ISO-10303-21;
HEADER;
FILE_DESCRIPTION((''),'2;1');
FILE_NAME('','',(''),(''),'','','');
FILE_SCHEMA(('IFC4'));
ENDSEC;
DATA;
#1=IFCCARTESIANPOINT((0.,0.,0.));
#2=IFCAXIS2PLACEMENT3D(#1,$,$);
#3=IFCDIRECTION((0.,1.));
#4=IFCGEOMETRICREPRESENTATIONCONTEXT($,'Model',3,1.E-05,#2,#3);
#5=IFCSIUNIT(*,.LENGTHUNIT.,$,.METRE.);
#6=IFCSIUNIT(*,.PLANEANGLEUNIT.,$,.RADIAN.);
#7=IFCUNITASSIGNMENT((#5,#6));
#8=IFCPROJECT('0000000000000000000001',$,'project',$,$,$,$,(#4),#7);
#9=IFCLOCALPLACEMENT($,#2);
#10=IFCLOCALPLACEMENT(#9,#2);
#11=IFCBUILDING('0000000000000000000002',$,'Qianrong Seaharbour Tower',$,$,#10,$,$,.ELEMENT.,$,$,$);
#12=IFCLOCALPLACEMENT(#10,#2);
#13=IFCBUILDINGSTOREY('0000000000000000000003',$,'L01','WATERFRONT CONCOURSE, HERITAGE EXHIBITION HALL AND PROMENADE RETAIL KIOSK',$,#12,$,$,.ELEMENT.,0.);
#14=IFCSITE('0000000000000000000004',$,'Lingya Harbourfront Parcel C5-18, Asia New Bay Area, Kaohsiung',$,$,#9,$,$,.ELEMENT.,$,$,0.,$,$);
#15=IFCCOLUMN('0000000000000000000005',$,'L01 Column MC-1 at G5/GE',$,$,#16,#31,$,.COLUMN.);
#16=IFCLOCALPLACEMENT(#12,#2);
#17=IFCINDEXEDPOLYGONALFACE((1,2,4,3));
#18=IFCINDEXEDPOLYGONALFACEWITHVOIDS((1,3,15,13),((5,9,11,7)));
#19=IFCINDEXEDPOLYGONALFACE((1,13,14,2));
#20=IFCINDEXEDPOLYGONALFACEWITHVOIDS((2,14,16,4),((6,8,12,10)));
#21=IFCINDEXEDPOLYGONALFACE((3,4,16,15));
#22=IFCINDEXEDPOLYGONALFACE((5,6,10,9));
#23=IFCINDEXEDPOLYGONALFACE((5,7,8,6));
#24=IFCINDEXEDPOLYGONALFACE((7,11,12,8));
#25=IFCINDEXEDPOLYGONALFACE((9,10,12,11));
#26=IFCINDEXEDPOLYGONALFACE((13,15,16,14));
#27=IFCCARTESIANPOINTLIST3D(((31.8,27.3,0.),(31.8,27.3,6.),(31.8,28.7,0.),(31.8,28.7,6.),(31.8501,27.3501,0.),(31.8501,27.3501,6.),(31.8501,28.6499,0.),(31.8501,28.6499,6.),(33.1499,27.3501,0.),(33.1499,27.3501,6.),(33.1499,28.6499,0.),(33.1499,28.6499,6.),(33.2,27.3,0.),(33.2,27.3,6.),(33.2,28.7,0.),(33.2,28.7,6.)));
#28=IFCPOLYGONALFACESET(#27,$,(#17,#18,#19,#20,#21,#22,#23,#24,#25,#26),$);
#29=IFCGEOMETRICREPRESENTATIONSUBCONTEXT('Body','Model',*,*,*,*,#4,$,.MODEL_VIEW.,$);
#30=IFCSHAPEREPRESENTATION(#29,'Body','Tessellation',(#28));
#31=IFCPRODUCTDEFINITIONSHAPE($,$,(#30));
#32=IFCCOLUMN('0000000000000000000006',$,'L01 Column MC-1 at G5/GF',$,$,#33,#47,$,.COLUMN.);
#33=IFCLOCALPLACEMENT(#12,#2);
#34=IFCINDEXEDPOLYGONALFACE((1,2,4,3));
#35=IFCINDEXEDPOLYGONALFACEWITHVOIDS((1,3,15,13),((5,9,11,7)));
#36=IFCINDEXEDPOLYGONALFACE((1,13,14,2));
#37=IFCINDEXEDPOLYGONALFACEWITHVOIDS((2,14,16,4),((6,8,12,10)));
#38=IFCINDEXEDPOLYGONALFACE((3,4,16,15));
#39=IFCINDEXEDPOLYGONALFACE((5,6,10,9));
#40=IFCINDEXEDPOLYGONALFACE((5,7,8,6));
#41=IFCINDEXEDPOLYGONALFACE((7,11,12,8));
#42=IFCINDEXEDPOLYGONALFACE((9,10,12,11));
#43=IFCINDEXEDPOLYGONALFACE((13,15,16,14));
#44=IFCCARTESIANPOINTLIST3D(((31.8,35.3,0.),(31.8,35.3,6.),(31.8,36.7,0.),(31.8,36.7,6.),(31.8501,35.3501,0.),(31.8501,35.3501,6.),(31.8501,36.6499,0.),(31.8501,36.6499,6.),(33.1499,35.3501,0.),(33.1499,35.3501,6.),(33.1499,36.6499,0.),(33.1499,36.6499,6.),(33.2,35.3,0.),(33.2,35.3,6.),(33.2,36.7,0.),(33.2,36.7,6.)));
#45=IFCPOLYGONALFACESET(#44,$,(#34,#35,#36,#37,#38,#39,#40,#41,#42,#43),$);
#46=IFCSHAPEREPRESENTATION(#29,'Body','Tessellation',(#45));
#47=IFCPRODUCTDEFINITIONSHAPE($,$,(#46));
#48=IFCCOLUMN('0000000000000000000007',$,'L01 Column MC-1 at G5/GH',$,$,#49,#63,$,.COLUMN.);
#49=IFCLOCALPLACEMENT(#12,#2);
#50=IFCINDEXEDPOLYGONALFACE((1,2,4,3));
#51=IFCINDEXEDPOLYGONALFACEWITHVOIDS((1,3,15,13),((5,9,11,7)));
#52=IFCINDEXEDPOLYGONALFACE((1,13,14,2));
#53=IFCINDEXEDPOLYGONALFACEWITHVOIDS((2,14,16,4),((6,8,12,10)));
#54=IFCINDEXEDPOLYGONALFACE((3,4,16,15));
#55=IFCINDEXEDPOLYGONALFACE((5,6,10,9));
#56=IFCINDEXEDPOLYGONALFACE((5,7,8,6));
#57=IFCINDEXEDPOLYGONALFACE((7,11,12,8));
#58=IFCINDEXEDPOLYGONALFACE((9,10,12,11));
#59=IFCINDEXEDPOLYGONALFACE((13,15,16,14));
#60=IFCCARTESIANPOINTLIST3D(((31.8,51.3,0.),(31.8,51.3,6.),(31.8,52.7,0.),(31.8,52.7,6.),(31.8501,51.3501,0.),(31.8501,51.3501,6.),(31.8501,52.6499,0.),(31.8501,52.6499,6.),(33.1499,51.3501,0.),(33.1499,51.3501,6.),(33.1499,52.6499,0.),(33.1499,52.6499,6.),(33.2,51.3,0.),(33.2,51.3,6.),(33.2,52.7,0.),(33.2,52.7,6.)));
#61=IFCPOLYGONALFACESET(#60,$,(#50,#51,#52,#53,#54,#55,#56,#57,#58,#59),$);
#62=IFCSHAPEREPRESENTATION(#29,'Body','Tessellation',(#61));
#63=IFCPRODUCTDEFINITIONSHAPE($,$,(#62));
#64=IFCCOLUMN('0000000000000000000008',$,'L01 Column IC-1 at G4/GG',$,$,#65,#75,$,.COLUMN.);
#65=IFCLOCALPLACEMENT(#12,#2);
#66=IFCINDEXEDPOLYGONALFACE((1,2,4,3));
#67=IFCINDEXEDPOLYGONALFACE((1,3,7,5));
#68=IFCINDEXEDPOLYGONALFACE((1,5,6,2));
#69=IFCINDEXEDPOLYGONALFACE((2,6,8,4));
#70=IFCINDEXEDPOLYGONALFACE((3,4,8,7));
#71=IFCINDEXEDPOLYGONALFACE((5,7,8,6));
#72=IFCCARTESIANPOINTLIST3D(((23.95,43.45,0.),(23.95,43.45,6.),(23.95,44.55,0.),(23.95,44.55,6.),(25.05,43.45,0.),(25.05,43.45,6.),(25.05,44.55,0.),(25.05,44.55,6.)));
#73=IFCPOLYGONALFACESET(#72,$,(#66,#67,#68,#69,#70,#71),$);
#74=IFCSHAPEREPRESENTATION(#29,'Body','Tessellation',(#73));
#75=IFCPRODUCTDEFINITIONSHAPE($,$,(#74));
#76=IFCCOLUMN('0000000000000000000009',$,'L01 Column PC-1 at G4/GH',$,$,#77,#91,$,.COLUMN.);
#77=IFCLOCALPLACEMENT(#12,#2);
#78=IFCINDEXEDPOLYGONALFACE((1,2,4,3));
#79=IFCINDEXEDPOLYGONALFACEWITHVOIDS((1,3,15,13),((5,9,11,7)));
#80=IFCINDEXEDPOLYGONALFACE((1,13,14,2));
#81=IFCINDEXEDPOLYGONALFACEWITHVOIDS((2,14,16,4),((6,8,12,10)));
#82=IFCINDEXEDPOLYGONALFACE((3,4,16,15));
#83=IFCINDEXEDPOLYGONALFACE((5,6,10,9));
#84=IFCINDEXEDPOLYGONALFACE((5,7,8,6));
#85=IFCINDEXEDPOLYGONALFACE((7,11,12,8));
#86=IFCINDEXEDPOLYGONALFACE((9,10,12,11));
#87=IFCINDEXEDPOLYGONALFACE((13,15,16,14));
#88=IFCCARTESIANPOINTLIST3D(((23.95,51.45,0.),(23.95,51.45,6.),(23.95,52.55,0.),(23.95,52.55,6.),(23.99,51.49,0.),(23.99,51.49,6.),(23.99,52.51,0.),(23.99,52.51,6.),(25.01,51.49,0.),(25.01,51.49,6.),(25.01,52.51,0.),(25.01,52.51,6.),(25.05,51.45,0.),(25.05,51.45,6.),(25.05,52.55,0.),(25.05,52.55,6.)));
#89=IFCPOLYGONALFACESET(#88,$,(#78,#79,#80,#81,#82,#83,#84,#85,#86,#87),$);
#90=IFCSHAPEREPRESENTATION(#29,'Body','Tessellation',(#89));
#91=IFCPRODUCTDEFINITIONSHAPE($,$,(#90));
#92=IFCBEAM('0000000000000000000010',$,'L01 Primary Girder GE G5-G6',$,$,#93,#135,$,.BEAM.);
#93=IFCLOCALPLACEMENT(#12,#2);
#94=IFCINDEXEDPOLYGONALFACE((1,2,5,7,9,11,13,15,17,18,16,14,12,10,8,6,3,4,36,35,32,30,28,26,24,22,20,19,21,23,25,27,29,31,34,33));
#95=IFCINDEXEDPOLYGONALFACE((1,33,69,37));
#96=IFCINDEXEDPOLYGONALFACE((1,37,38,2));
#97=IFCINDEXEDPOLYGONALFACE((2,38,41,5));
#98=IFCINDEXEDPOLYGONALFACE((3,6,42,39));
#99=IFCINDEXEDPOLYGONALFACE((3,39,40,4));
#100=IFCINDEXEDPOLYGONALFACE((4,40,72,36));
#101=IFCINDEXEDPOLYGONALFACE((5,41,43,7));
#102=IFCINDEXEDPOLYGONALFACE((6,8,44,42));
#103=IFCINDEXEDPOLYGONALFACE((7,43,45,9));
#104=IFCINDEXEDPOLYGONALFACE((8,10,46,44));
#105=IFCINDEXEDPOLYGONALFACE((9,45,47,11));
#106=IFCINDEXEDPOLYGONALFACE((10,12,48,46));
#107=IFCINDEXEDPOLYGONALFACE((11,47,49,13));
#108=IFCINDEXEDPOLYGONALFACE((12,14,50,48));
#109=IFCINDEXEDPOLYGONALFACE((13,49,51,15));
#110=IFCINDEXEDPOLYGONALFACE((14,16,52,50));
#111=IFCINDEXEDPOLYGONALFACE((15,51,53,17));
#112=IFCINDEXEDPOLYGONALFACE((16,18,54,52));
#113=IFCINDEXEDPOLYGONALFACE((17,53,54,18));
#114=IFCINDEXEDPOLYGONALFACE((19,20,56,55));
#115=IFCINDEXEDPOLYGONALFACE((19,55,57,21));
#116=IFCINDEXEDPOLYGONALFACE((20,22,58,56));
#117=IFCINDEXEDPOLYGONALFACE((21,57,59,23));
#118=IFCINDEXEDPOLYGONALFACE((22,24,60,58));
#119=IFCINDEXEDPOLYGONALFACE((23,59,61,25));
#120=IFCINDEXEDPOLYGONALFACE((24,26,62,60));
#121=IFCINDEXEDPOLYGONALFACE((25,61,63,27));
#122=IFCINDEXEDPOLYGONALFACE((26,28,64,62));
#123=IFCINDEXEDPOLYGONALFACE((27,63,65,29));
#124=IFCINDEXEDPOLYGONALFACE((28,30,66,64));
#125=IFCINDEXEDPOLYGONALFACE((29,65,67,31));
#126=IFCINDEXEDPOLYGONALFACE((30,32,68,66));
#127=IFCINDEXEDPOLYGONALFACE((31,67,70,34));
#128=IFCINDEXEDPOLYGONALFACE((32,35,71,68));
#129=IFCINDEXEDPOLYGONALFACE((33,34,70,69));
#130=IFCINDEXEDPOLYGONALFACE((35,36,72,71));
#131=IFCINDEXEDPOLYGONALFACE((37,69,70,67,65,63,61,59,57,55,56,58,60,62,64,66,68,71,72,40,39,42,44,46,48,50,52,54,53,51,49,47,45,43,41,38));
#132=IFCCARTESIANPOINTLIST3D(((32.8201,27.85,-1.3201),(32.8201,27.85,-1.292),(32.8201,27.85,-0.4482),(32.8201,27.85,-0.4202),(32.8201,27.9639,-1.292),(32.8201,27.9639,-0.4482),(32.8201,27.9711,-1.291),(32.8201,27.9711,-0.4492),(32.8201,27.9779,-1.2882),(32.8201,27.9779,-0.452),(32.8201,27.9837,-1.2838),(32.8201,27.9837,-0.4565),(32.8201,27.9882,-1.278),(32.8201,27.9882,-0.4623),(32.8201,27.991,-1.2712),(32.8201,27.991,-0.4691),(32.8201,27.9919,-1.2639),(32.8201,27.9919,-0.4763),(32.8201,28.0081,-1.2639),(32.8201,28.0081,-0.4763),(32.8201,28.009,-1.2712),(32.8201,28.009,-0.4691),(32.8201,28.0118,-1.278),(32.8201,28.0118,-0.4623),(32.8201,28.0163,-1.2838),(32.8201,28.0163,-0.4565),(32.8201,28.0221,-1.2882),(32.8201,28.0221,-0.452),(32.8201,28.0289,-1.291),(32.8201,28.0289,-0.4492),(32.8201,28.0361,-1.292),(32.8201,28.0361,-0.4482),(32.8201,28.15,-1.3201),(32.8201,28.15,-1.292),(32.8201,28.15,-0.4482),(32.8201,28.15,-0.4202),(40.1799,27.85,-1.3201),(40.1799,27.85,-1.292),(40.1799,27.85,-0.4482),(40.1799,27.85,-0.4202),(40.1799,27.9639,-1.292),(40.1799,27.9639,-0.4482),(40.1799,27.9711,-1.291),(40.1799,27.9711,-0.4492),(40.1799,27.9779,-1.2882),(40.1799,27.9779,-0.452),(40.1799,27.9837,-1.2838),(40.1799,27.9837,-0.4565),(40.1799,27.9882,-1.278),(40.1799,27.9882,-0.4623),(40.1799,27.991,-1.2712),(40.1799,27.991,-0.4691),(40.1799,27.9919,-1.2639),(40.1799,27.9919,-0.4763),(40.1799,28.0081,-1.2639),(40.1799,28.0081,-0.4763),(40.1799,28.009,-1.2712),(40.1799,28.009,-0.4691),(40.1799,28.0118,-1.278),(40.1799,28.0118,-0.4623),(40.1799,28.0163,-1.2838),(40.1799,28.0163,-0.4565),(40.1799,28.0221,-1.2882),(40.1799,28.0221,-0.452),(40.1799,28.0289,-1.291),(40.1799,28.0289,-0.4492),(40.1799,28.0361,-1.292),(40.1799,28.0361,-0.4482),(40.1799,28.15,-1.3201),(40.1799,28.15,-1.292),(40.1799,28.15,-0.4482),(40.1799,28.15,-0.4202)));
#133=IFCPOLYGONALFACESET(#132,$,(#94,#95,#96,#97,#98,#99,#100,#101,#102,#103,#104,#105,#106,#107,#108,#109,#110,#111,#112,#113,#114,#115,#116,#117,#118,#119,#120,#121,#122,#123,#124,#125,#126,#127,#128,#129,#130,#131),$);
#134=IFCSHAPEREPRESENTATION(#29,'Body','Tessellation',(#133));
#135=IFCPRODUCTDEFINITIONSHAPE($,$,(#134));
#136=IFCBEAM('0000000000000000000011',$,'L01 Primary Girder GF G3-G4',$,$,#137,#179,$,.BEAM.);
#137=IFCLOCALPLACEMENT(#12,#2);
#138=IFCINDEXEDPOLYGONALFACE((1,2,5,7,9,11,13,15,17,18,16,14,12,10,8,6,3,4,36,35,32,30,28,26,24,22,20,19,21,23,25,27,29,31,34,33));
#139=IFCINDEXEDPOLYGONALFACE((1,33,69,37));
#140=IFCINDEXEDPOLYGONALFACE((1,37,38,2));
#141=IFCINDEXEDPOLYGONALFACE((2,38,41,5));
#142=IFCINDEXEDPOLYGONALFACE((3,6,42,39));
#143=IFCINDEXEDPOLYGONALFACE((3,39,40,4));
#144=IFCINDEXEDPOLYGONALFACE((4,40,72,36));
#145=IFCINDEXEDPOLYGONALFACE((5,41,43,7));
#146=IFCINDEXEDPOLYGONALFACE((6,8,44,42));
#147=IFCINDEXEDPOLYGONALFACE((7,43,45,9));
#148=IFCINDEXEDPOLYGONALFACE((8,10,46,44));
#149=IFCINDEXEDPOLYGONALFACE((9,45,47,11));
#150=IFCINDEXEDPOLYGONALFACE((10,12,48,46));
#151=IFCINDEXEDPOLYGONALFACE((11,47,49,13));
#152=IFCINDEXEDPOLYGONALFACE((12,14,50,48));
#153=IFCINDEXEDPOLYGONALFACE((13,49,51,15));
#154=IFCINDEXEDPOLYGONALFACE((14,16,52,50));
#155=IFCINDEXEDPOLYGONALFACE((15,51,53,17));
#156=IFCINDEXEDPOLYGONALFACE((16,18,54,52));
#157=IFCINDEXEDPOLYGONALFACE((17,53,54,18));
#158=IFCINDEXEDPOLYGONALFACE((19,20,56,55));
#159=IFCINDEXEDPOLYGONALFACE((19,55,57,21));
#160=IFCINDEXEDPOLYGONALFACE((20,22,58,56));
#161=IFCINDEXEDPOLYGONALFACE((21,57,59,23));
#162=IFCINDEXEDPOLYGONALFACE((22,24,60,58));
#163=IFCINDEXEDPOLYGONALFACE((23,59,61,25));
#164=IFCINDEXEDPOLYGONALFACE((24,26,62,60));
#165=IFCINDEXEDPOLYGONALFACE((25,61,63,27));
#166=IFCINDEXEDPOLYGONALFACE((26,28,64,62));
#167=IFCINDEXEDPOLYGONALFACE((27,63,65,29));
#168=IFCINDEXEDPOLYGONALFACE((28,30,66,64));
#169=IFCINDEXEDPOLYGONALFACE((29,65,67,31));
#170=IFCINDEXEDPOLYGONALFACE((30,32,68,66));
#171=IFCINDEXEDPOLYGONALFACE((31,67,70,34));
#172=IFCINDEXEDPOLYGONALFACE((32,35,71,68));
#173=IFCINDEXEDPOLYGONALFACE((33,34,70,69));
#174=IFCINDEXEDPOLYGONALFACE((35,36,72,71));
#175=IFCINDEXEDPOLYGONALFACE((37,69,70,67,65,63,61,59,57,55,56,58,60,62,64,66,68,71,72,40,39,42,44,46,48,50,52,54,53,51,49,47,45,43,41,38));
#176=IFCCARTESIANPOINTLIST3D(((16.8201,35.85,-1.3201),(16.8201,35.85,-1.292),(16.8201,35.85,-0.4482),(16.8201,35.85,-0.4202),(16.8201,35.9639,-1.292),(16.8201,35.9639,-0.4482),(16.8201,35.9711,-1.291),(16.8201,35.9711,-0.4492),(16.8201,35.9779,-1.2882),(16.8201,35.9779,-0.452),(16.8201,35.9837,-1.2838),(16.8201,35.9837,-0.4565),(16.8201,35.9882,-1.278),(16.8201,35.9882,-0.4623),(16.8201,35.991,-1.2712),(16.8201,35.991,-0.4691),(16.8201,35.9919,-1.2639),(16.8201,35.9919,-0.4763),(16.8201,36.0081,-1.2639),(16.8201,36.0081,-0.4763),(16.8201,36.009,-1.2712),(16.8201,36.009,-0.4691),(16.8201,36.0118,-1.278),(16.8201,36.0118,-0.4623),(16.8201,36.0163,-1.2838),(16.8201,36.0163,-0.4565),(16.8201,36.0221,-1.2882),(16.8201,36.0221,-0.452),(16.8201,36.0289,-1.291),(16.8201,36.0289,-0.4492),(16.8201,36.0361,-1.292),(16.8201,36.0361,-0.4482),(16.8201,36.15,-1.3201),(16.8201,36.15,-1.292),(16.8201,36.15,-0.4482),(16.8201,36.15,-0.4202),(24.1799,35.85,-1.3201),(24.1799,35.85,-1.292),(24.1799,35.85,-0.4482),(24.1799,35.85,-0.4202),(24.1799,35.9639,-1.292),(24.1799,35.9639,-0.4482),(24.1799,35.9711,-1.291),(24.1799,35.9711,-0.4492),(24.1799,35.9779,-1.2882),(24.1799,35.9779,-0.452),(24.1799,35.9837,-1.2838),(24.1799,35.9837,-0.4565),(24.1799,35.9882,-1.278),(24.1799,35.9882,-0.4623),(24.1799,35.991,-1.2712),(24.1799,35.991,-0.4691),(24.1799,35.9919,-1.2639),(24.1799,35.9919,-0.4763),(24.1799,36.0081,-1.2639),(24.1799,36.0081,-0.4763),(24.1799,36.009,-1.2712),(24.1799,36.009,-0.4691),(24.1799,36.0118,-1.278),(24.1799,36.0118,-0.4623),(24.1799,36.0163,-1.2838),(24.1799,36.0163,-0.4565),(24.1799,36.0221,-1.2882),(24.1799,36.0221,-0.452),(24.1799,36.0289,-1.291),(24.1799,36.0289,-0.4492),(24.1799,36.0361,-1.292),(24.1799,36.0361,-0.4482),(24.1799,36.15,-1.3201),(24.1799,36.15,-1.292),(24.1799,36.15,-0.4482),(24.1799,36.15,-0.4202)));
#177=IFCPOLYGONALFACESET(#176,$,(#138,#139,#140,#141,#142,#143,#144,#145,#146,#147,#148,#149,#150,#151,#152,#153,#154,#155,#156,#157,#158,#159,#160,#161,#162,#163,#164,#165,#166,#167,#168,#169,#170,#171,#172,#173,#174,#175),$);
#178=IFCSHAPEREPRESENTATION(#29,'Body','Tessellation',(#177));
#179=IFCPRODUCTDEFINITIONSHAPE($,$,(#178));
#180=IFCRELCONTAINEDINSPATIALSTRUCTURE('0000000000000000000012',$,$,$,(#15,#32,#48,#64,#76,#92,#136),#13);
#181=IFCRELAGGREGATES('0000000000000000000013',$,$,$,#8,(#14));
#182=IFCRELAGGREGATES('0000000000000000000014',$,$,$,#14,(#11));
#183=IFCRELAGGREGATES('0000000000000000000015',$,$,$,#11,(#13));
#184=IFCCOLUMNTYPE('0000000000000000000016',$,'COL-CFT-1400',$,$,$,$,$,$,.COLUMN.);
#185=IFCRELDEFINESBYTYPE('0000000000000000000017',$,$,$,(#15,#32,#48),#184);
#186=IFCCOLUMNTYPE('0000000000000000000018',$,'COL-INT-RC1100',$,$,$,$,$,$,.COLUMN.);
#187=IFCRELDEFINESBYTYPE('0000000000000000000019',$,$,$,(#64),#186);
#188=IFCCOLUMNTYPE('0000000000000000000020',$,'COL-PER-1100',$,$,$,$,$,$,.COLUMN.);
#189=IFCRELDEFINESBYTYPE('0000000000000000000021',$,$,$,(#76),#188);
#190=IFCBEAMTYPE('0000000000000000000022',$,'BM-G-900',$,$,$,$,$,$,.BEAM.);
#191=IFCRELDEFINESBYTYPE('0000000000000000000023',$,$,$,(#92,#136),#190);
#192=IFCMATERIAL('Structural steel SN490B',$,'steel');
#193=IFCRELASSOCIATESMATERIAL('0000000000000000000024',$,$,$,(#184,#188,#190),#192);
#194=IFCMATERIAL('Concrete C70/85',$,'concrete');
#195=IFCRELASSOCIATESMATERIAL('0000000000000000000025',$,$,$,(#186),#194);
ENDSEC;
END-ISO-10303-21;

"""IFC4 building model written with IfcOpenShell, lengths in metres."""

from ifc_helpers import new_model, si_unit, direction, frame, origin, origin_2d, place, context, subcontext, project, spatial, rectangle, hollow_rectangle, i_section, extrude, material, material_profile, profile_set, type_object, element, save


model = new_model("IFC4")

# Units and contexts
model_context = context("Model", 3, precision=1e-05, world=origin(), true_north=direction((0.0, 1.0)))
body_context = subcontext(model_context, "Body", "Model", "MODEL_VIEW")
ifc_project = project(units=[si_unit("LENGTHUNIT", "METRE"), si_unit("PLANEANGLEUNIT", "RADIAN")], contexts=[model_context])

# Site, building, storey
site_placement = place(None, origin())
site = spatial("IfcSite", under=ifc_project, at=site_placement, Name="Lingya Harbourfront Parcel C5-18, Asia New Bay Area, Kaohsiung", CompositionType="ELEMENT", RefElevation=0.0)
building_placement = place(site_placement, origin())
building = spatial("IfcBuilding", under=site, at=building_placement, Name="Qianrong Seaharbour Tower", CompositionType="ELEMENT")
storey_placement = place(building_placement, origin())
storey = spatial("IfcBuildingStorey", under=building, at=storey_placement, Name="L01", Description="WATERFRONT CONCOURSE, HERITAGE EXHIBITION HALL AND PROMENADE RETAIL KIOSK", CompositionType="ELEMENT", Elevation=0.0)

# Columns
ifc_material_1 = material(Name="Structural steel SN490B", Category="steel")
ifc_material_profile_1 = material_profile(ifc_material_1, hollow_rectangle(XDim=1.3999, YDim=1.3999, WallThickness=0.05, at=origin_2d()), Name="BOX1400x1400x50")
ifc_profile_set_1 = profile_set([ifc_material_profile_1], Name="Structural steel SN490B")
column_type_1 = type_object("IfcColumnType", Name="COL-CFT-1400", PredefinedType="COLUMN", material=ifc_profile_set_1)
for number, where, z_axis, x_axis, name in (
    (1, (32.5, 28.0, 0.0), (0.0, 0.0, 1.0), (1.0, 0.0, 0.0), "L01 Column MC-1 at G5/GE"),
    (2, (32.5, 36.0, 0.0), (0.0, 0.0, 1.0), (1.0, 0.0, 0.0), "L01 Column MC-1 at G5/GF"),
    (3, (32.5, 52.0, 0.0), (0.0, 0.0, 1.0), (1.0, 0.0, 0.0), "L01 Column MC-1 at G5/GH"),
):
    element("IfcColumn", number, at=place(storey_placement, frame(where, z_axis=z_axis, x_axis=x_axis)), inside=storey, type_object=column_type_1, Name=name, PredefinedType="COLUMN", context=body_context, shape_type="SweptSolid", body=[
        extrude(hollow_rectangle(XDim=1.3999, YDim=1.3999, WallThickness=0.05, at=origin_2d()), origin(), (0.0, 0.0, 1.0), 6.0),
    ])
ifc_material_2 = material(Name="Concrete C70/85", Category="concrete")
ifc_material_profile_2 = material_profile(ifc_material_2, rectangle(XDim=1.1001, YDim=1.1001, at=origin_2d()), Name="RC1100x1100")
ifc_profile_set_2 = profile_set([ifc_material_profile_2], Name="Concrete C70/85")
column_type_2 = type_object("IfcColumnType", Name="COL-INT-RC1100", PredefinedType="COLUMN", material=ifc_profile_set_2)
column_1_placement = place(storey_placement, frame((24.5, 44.0, 0.0), z_axis=(0.0, 0.0, 1.0), x_axis=(1.0, 0.0, 0.0)))
element("IfcColumn", 4, at=column_1_placement, inside=storey, type_object=column_type_2, Name="L01 Column IC-1 at G4/GG", PredefinedType="COLUMN", context=body_context, shape_type="SweptSolid", body=[
    extrude(rectangle(XDim=1.1001, YDim=1.1001, at=origin_2d()), origin(), (0.0, 0.0, 1.0), 6.0),
])
ifc_material_profile_3 = material_profile(ifc_material_1, hollow_rectangle(XDim=1.1001, YDim=1.1001, WallThickness=0.04, at=origin_2d()), Name="BOX1100x1100x40")
ifc_profile_set_3 = profile_set([ifc_material_profile_3], Name="Structural steel SN490B")
column_type_3 = type_object("IfcColumnType", Name="COL-PER-1100", PredefinedType="COLUMN", material=ifc_profile_set_3)
column_2_placement = place(storey_placement, frame((24.5, 52.0, 0.0), z_axis=(0.0, 0.0, 1.0), x_axis=(1.0, 0.0, 0.0)))
element("IfcColumn", 5, at=column_2_placement, inside=storey, type_object=column_type_3, Name="L01 Column PC-1 at G4/GH", PredefinedType="COLUMN", context=body_context, shape_type="SweptSolid", body=[
    extrude(hollow_rectangle(XDim=1.1001, YDim=1.1001, WallThickness=0.04, at=origin_2d()), origin(), (0.0, 0.0, 1.0), 6.0),
])

# Beams
ifc_material_profile_4 = material_profile(ifc_material_1, i_section(OverallWidth=0.3, OverallDepth=0.8999, WebThickness=0.0161, FlangeThickness=0.0281, FilletRadius=0.0281, at=origin_2d()), Name="H900x300x16x28")
ifc_profile_set_4 = profile_set([ifc_material_profile_4], Name="Structural steel SN490B")
beam_type_1 = type_object("IfcBeamType", Name="BM-G-900", PredefinedType="BEAM", material=ifc_profile_set_4)
for number, where, z_axis, x_axis, name in (
    (6, (32.8201, 28.0, -0.8701), (1.0, 0.0, 0.0), (0.0, 1.0, 0.0), "L01 Primary Girder GE G5-G6"),
    (7, (16.8201, 36.0, -0.8701), (1.0, 0.0, 0.0), (0.0, 1.0, 0.0), "L01 Primary Girder GF G3-G4"),
):
    element("IfcBeam", number, at=place(storey_placement, frame(where, z_axis=z_axis, x_axis=x_axis)), inside=storey, type_object=beam_type_1, Name=name, PredefinedType="BEAM", context=body_context, shape_type="SweptSolid", body=[
        extrude(i_section(OverallWidth=0.3, OverallDepth=0.8999, WebThickness=0.0161, FlangeThickness=0.0281, FilletRadius=0.0281, at=origin_2d()), origin(), (0.0, 0.0, 1.0), 7.3599),
    ])

save(model, "model.ifc")
